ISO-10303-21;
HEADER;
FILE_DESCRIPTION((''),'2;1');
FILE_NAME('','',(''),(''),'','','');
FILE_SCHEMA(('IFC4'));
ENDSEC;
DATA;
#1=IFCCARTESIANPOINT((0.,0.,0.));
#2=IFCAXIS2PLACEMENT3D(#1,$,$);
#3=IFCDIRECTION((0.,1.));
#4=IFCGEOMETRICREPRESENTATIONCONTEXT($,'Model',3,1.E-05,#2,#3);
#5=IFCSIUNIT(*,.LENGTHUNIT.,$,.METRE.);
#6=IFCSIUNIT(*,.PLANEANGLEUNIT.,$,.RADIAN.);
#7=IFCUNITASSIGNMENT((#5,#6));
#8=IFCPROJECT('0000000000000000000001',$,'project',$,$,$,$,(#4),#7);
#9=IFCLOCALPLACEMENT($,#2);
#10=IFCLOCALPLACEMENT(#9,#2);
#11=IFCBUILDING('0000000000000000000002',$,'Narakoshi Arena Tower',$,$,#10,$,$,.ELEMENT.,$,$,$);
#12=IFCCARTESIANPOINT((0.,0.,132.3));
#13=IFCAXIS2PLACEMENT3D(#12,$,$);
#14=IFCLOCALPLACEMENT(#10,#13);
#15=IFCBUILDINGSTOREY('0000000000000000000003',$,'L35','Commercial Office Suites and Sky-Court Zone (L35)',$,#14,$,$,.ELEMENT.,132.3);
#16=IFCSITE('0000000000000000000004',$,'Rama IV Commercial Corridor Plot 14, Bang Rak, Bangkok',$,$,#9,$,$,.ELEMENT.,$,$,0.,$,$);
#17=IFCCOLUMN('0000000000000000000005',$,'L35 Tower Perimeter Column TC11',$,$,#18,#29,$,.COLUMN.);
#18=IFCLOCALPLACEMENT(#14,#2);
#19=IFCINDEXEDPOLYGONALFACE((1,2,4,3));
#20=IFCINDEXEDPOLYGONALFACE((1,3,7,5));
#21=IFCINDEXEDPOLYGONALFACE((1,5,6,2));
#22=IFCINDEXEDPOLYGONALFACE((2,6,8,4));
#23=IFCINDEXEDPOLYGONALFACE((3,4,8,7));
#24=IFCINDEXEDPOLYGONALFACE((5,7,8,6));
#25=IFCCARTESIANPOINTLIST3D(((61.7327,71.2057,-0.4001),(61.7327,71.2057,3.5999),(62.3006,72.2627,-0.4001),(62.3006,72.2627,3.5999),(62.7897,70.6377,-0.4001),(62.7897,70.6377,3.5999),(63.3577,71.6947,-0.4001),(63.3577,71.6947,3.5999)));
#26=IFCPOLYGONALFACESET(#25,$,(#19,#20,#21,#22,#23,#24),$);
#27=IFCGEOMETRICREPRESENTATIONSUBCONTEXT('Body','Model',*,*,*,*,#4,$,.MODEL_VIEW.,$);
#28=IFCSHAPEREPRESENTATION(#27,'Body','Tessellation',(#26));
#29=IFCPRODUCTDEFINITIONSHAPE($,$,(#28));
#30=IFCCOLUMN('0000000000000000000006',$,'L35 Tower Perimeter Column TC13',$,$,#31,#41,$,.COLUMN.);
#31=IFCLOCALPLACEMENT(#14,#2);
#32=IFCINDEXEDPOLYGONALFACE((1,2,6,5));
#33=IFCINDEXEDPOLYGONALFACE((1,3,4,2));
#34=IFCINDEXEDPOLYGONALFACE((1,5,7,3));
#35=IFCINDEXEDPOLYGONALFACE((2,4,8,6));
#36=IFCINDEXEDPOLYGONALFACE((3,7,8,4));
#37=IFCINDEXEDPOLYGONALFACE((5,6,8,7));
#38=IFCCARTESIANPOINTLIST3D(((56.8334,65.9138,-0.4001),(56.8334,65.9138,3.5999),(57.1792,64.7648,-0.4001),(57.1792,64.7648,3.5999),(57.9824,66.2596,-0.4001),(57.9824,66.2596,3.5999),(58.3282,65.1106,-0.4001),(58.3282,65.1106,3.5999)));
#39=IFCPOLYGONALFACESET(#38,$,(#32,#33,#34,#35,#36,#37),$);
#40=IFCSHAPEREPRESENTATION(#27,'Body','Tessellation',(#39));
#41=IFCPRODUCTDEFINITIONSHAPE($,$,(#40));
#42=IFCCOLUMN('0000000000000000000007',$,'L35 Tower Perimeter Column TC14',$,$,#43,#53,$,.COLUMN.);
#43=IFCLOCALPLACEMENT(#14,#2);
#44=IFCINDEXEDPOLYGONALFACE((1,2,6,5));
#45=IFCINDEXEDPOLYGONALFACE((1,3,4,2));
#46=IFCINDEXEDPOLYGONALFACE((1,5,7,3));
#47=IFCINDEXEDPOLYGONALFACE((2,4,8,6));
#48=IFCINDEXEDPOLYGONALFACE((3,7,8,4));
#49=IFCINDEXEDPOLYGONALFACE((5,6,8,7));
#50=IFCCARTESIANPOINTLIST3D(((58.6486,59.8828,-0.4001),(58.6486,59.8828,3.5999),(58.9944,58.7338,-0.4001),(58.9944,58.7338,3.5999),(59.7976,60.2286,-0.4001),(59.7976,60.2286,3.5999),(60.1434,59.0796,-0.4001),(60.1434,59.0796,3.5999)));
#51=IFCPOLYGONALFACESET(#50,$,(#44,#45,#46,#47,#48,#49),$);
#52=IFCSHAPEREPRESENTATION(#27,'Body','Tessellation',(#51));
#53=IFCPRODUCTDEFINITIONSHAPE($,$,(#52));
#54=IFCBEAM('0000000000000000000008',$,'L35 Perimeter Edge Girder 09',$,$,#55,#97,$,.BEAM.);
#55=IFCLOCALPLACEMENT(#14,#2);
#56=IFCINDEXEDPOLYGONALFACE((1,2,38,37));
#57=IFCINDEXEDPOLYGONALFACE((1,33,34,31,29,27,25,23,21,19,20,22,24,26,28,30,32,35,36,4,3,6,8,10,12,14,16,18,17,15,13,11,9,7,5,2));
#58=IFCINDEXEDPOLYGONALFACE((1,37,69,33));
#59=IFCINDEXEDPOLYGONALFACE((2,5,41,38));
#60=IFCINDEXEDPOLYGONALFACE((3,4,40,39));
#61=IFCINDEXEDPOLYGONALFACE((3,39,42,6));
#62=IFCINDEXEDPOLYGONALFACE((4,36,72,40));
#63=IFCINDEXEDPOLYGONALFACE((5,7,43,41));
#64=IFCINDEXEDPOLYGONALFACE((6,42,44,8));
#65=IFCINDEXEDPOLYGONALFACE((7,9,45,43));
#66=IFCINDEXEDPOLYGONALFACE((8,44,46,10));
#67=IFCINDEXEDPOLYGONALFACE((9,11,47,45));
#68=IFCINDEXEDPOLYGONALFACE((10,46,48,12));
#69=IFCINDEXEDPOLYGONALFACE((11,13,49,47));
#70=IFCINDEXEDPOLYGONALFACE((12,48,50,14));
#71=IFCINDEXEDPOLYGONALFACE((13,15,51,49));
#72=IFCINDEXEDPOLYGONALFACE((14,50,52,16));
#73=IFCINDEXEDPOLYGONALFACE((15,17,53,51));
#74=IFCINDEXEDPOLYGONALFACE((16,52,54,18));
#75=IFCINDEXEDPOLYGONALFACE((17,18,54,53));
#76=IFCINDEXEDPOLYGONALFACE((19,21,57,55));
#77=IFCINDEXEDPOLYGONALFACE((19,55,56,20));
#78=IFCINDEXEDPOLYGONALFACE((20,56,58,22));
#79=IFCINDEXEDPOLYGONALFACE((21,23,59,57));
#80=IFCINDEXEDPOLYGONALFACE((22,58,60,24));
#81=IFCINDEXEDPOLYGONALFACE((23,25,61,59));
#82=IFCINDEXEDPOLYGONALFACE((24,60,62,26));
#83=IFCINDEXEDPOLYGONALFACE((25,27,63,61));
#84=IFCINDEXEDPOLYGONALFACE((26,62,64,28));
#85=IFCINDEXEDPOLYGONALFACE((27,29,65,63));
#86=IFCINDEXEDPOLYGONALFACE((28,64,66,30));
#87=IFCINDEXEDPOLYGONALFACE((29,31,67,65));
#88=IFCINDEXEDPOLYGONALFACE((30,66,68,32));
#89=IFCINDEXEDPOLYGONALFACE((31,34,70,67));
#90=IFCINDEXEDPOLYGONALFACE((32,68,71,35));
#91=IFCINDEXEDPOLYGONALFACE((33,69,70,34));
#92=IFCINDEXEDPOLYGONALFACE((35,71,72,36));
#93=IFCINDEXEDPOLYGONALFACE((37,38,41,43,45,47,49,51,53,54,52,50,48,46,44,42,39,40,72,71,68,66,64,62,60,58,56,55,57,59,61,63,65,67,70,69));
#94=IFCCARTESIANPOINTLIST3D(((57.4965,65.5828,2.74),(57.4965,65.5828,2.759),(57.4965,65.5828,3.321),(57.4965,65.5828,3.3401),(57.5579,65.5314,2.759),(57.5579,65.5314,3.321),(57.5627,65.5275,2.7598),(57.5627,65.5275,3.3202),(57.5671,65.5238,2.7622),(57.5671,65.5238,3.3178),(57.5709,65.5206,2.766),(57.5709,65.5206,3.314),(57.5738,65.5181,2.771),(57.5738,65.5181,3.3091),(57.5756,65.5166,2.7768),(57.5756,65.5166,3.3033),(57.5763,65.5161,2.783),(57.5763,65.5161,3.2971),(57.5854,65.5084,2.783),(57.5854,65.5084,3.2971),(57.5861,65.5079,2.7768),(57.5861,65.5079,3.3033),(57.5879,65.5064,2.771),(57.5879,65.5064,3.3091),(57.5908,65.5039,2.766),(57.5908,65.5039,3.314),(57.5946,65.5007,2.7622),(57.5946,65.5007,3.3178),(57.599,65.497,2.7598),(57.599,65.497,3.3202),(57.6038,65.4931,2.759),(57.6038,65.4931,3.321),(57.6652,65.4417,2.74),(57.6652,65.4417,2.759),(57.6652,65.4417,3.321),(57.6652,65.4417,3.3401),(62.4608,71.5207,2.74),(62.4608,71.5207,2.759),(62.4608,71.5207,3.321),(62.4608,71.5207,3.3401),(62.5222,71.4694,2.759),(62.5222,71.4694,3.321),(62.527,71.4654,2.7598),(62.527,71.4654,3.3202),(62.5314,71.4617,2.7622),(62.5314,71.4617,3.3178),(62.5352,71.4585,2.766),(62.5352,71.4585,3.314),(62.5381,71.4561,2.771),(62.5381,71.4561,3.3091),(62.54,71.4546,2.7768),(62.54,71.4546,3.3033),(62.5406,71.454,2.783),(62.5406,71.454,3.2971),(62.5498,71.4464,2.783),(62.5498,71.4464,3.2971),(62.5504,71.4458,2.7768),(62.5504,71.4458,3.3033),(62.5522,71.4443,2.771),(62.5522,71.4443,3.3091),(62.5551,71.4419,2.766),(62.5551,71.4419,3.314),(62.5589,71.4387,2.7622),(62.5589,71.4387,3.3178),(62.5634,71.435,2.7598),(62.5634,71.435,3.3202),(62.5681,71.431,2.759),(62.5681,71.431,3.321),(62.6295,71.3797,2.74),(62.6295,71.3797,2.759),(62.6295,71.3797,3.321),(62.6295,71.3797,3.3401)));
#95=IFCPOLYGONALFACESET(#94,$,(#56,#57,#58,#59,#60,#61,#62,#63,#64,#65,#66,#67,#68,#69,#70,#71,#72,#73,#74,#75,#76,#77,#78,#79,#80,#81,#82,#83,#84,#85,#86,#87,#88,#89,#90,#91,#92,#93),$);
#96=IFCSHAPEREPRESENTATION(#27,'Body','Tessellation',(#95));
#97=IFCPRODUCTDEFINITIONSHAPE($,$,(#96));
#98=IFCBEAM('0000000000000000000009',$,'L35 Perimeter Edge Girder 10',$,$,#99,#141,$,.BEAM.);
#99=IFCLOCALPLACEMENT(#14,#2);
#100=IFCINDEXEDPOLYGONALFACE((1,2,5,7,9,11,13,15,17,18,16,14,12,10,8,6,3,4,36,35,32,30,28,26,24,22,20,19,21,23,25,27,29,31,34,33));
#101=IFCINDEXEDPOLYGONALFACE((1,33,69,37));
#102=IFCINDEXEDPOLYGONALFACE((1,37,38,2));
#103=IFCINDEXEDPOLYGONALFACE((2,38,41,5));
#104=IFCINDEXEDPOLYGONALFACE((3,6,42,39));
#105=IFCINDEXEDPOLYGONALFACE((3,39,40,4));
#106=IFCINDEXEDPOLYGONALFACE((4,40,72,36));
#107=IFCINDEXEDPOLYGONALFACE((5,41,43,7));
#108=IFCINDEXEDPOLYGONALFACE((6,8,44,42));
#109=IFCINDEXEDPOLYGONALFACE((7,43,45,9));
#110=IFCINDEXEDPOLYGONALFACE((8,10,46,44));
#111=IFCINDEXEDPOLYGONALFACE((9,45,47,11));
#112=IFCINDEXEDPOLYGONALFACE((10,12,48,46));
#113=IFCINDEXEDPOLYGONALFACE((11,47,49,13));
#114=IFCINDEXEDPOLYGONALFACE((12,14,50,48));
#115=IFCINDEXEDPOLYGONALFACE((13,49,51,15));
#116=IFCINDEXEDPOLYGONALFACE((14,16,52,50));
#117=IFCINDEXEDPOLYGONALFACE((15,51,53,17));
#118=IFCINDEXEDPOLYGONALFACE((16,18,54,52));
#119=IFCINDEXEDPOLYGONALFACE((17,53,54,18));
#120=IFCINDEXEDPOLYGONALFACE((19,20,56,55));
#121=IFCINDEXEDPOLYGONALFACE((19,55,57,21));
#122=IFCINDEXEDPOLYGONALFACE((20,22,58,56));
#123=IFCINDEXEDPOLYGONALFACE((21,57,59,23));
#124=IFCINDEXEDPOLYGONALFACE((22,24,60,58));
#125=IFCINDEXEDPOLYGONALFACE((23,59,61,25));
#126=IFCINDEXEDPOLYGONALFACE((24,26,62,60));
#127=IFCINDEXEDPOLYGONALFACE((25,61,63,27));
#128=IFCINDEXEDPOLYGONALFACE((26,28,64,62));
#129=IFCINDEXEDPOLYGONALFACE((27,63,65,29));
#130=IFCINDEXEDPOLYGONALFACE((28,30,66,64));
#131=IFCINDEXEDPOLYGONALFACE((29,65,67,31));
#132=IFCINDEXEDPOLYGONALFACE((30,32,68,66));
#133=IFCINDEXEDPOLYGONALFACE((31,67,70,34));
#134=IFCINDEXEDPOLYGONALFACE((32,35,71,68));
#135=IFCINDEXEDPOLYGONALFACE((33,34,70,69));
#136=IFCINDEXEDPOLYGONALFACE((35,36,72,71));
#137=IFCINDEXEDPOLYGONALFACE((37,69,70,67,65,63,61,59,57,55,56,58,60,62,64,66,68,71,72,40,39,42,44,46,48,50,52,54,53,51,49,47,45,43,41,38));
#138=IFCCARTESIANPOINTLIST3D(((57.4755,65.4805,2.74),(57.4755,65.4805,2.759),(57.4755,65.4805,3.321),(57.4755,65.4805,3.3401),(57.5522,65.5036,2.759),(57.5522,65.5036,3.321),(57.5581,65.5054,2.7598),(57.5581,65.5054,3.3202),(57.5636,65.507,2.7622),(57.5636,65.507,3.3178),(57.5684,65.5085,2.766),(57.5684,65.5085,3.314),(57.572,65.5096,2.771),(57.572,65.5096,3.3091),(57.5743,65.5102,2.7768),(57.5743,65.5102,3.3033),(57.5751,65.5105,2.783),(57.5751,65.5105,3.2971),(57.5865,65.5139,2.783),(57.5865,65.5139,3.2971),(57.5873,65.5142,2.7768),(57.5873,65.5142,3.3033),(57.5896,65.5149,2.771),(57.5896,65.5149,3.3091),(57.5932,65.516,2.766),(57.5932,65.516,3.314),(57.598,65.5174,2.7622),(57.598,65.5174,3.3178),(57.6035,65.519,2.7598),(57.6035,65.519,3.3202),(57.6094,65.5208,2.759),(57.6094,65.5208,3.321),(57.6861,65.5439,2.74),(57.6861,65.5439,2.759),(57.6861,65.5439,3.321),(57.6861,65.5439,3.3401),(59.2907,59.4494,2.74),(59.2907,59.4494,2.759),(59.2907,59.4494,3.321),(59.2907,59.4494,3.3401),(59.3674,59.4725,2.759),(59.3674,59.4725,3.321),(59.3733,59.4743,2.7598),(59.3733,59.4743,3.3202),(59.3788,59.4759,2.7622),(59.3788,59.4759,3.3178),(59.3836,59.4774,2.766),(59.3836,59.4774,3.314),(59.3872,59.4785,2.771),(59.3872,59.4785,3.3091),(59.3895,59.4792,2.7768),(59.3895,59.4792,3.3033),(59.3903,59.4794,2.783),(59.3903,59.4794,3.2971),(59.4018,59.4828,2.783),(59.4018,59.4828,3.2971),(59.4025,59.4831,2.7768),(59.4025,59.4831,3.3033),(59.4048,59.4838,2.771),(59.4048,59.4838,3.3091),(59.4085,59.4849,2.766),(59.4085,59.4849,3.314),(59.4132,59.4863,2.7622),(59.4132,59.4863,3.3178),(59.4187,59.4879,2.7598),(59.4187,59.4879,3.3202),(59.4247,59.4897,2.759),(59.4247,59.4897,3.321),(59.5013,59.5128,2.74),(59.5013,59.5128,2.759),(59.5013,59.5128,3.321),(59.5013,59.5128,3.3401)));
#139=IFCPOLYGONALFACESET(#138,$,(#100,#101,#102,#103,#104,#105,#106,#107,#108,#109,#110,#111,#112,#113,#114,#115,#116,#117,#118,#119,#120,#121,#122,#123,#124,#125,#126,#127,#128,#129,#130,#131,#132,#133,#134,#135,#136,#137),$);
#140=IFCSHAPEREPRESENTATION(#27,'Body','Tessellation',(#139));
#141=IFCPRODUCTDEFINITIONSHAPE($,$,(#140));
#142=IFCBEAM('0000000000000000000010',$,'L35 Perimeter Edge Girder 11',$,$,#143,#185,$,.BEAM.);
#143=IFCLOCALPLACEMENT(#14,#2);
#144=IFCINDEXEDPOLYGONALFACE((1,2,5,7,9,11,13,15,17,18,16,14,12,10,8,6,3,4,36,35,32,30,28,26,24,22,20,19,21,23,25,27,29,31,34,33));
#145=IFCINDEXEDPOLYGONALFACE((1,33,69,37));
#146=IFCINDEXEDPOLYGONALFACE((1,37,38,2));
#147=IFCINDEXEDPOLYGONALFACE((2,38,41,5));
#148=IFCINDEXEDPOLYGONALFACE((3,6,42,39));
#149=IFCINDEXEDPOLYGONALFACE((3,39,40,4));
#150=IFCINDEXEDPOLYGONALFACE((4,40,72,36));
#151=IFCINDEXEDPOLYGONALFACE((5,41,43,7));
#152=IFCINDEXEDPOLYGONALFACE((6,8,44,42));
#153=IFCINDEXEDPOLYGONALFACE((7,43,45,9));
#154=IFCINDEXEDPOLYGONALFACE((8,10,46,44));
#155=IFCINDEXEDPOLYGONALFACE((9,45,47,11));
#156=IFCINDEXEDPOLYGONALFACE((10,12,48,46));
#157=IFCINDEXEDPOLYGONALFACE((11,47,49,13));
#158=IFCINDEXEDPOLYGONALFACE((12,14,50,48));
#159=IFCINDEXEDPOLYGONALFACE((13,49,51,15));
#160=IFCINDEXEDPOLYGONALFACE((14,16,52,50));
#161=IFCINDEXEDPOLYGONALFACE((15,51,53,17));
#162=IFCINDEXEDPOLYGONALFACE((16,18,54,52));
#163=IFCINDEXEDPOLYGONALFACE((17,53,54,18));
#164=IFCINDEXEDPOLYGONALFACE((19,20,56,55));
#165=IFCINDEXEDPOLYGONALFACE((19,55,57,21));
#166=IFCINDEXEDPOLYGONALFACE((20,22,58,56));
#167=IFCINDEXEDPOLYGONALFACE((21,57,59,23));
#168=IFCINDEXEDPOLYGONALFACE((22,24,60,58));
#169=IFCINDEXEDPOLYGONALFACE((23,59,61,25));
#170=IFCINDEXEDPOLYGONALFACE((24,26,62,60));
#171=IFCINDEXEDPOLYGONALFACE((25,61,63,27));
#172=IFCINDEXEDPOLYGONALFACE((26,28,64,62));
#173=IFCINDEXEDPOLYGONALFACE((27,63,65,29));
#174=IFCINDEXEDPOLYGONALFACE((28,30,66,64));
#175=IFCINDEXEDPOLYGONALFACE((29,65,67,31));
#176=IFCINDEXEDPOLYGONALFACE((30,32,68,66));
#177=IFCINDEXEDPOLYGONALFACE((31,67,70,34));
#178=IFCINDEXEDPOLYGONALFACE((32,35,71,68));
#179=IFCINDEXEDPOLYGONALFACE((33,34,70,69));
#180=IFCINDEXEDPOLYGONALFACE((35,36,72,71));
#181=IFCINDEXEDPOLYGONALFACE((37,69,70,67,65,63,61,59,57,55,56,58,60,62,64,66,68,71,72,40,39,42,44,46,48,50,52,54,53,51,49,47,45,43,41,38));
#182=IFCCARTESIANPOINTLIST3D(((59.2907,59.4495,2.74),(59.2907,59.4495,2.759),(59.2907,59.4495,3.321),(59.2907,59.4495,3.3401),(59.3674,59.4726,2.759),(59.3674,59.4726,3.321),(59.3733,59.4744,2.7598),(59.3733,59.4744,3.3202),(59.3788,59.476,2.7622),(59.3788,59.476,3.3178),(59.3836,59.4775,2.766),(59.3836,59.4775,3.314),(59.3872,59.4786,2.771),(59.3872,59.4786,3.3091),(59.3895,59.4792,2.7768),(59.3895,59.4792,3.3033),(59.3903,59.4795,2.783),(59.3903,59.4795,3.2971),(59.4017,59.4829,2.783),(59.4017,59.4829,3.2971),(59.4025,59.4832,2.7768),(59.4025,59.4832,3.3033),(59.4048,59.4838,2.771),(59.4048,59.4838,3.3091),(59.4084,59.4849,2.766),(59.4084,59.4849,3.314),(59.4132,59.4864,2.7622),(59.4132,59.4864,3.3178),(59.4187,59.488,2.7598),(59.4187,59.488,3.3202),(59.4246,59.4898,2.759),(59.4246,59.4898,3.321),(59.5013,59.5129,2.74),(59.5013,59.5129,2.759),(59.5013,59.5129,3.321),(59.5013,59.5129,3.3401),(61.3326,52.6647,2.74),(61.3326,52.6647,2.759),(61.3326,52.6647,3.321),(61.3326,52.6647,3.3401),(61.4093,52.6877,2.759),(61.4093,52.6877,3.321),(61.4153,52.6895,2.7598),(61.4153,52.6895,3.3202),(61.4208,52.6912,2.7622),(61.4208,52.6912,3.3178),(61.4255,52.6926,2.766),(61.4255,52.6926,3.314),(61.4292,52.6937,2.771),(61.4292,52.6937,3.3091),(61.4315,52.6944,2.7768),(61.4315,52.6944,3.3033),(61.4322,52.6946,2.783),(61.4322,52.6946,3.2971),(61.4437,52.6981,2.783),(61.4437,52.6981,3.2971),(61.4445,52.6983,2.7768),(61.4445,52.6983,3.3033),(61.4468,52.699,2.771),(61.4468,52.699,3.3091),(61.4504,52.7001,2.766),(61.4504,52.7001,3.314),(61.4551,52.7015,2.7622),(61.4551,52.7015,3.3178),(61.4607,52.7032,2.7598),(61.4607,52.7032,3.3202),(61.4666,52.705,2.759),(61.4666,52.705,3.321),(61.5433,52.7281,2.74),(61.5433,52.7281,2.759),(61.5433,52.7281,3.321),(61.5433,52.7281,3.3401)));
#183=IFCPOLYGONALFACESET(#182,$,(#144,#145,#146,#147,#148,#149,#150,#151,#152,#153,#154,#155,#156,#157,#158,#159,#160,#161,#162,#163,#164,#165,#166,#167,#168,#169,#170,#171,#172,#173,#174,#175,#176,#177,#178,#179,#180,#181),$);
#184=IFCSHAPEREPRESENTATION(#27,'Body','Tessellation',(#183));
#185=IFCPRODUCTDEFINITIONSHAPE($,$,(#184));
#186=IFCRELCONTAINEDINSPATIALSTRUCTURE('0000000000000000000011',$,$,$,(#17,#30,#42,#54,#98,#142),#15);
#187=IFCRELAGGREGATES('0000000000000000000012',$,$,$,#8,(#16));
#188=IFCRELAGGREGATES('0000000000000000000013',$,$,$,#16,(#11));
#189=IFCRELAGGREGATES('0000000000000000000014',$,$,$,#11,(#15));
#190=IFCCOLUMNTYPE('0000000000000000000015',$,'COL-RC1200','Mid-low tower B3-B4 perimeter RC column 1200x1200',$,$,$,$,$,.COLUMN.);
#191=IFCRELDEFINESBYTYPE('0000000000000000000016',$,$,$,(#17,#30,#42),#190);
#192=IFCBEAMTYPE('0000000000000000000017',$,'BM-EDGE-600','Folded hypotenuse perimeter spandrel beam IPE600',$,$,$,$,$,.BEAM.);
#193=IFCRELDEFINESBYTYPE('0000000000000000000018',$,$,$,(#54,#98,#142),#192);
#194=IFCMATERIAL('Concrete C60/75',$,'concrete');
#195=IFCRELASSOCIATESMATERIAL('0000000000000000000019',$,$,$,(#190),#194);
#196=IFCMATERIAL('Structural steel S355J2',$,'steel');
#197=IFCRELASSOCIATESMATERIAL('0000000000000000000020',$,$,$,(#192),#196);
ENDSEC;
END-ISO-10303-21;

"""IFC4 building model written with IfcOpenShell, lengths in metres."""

from ifc_helpers import new_model, si_unit, direction, frame, origin, origin_2d, place, context, subcontext, project, spatial, rectangle, i_section, extrude, material, material_profile, profile_set, type_object, element, save


model = new_model("IFC4")

# Units and contexts
model_context = context("Model", 3, precision=1e-05, world=origin(), true_north=direction((0.0, 1.0)))
body_context = subcontext(model_context, "Body", "Model", "MODEL_VIEW")
ifc_project = project(units=[si_unit("LENGTHUNIT", "METRE"), si_unit("PLANEANGLEUNIT", "RADIAN")], contexts=[model_context])

# Site, building, storey
site_placement = place(None, origin())
site = spatial("IfcSite", under=ifc_project, at=site_placement, Name="Rama IV Commercial Corridor Plot 14, Bang Rak, Bangkok", CompositionType="ELEMENT", RefElevation=0.0)
building_placement = place(site_placement, origin())
building = spatial("IfcBuilding", under=site, at=building_placement, Name="Narakoshi Arena Tower", CompositionType="ELEMENT")
storey_placement = place(building_placement, frame((0.0, 0.0, 132.3)))
storey = spatial("IfcBuildingStorey", under=building, at=storey_placement, Name="L35", Description="Commercial Office Suites and Sky-Court Zone (L35)", CompositionType="ELEMENT", Elevation=132.3)

# Columns
ifc_material_1 = material(Name="Concrete C60/75", Category="concrete")
ifc_material_profile_1 = material_profile(ifc_material_1, rectangle(XDim=1.2, YDim=1.2, at=origin_2d()), Name="RC1200x1200")
ifc_profile_set_1 = profile_set([ifc_material_profile_1], Name="Concrete C60/75")
column_type = type_object("IfcColumnType", Name="COL-RC1200", Description="Mid-low tower B3-B4 perimeter RC column 1200x1200", PredefinedType="COLUMN", material=ifc_profile_set_1)
for number, where, z_axis, x_axis, name in (
    (1, (62.5452, 71.4502, -0.4001), (0.0, 0.0, 1.0), (0.47332, 0.880891, 0.0), "L35 Tower Perimeter Column TC11"),
    (2, (57.5808, 65.5122, -0.4001), (0.0, 0.0, 1.0), (-0.288196, 0.957571, 0.0), "L35 Tower Perimeter Column TC13"),
    (3, (59.396, 59.4812, -0.4001), (0.0, 0.0, 1.0), (-0.288196, 0.957571, 0.0), "L35 Tower Perimeter Column TC14"),
):
    element("IfcColumn", number, at=place(storey_placement, frame(where, z_axis=z_axis, x_axis=x_axis)), inside=storey, type_object=column_type, Name=name, PredefinedType="COLUMN", context=body_context, shape_type="SweptSolid", body=[
        extrude(rectangle(XDim=1.2, YDim=1.2, at=origin_2d()), origin(), (0.0, 0.0, 1.0), 4.0),
    ])

# Beams
ifc_material_2 = material(Name="Structural steel S355J2", Category="steel")
ifc_material_profile_2 = material_profile(ifc_material_2, i_section(OverallWidth=0.22, OverallDepth=0.6001, WebThickness=0.012, FlangeThickness=0.019, FilletRadius=0.0239, at=origin_2d()), Name="IPE600")
ifc_profile_set_2 = profile_set([ifc_material_profile_2], Name="Structural steel S355J2")
beam_type_1 = type_object("IfcBeamType", Name="BM-EDGE-600", Description="Folded hypotenuse perimeter spandrel beam IPE600", PredefinedType="BEAM", material=ifc_profile_set_2)
beam_1_placement = place(storey_placement, frame((62.5452, 71.4502, 3.04), z_axis=(-0.641406, -0.767202, 0.0), x_axis=(0.767202, -0.641406, 0.0)))
element("IfcBeam", 4, at=beam_1_placement, inside=storey, type_object=beam_type_1, Name="L35 Perimeter Edge Girder 09", PredefinedType="BEAM", context=body_context, shape_type="SweptSolid", body=[
    extrude(i_section(OverallWidth=0.22, OverallDepth=0.6001, WebThickness=0.012, FlangeThickness=0.019, FilletRadius=0.0239, at=origin_2d()), origin(), (0.0, 0.0, 1.0), 7.7397),
])
beam_2_placement = place(storey_placement, frame((57.5808, 65.5122, 3.04), z_axis=(0.288205, -0.957569, 0.0), x_axis=(0.957569, 0.288205, 0.0)))
element("IfcBeam", 5, at=beam_2_placement, inside=storey, type_object=beam_type_1, Name="L35 Perimeter Edge Girder 10", PredefinedType="BEAM", context=body_context, shape_type="SweptSolid", body=[
    extrude(i_section(OverallWidth=0.22, OverallDepth=0.6001, WebThickness=0.012, FlangeThickness=0.019, FilletRadius=0.0239, at=origin_2d()), origin(), (0.0, 0.0, 1.0), 6.2983),
])
beam_3_placement = place(storey_placement, frame((59.396, 59.4812, 3.04), z_axis=(0.288192, -0.957573, 0.0), x_axis=(0.957573, 0.288192, 0.0)))
element("IfcBeam", 6, at=beam_3_placement, inside=storey, type_object=beam_type_1, Name="L35 Perimeter Edge Girder 11", PredefinedType="BEAM", context=body_context, shape_type="SweptSolid", body=[
    extrude(i_section(OverallWidth=0.22, OverallDepth=0.6001, WebThickness=0.012, FlangeThickness=0.019, FilletRadius=0.0239, at=origin_2d()), origin(), (0.0, 0.0, 1.0), 7.0854),
])

save(model, "model.ifc")
